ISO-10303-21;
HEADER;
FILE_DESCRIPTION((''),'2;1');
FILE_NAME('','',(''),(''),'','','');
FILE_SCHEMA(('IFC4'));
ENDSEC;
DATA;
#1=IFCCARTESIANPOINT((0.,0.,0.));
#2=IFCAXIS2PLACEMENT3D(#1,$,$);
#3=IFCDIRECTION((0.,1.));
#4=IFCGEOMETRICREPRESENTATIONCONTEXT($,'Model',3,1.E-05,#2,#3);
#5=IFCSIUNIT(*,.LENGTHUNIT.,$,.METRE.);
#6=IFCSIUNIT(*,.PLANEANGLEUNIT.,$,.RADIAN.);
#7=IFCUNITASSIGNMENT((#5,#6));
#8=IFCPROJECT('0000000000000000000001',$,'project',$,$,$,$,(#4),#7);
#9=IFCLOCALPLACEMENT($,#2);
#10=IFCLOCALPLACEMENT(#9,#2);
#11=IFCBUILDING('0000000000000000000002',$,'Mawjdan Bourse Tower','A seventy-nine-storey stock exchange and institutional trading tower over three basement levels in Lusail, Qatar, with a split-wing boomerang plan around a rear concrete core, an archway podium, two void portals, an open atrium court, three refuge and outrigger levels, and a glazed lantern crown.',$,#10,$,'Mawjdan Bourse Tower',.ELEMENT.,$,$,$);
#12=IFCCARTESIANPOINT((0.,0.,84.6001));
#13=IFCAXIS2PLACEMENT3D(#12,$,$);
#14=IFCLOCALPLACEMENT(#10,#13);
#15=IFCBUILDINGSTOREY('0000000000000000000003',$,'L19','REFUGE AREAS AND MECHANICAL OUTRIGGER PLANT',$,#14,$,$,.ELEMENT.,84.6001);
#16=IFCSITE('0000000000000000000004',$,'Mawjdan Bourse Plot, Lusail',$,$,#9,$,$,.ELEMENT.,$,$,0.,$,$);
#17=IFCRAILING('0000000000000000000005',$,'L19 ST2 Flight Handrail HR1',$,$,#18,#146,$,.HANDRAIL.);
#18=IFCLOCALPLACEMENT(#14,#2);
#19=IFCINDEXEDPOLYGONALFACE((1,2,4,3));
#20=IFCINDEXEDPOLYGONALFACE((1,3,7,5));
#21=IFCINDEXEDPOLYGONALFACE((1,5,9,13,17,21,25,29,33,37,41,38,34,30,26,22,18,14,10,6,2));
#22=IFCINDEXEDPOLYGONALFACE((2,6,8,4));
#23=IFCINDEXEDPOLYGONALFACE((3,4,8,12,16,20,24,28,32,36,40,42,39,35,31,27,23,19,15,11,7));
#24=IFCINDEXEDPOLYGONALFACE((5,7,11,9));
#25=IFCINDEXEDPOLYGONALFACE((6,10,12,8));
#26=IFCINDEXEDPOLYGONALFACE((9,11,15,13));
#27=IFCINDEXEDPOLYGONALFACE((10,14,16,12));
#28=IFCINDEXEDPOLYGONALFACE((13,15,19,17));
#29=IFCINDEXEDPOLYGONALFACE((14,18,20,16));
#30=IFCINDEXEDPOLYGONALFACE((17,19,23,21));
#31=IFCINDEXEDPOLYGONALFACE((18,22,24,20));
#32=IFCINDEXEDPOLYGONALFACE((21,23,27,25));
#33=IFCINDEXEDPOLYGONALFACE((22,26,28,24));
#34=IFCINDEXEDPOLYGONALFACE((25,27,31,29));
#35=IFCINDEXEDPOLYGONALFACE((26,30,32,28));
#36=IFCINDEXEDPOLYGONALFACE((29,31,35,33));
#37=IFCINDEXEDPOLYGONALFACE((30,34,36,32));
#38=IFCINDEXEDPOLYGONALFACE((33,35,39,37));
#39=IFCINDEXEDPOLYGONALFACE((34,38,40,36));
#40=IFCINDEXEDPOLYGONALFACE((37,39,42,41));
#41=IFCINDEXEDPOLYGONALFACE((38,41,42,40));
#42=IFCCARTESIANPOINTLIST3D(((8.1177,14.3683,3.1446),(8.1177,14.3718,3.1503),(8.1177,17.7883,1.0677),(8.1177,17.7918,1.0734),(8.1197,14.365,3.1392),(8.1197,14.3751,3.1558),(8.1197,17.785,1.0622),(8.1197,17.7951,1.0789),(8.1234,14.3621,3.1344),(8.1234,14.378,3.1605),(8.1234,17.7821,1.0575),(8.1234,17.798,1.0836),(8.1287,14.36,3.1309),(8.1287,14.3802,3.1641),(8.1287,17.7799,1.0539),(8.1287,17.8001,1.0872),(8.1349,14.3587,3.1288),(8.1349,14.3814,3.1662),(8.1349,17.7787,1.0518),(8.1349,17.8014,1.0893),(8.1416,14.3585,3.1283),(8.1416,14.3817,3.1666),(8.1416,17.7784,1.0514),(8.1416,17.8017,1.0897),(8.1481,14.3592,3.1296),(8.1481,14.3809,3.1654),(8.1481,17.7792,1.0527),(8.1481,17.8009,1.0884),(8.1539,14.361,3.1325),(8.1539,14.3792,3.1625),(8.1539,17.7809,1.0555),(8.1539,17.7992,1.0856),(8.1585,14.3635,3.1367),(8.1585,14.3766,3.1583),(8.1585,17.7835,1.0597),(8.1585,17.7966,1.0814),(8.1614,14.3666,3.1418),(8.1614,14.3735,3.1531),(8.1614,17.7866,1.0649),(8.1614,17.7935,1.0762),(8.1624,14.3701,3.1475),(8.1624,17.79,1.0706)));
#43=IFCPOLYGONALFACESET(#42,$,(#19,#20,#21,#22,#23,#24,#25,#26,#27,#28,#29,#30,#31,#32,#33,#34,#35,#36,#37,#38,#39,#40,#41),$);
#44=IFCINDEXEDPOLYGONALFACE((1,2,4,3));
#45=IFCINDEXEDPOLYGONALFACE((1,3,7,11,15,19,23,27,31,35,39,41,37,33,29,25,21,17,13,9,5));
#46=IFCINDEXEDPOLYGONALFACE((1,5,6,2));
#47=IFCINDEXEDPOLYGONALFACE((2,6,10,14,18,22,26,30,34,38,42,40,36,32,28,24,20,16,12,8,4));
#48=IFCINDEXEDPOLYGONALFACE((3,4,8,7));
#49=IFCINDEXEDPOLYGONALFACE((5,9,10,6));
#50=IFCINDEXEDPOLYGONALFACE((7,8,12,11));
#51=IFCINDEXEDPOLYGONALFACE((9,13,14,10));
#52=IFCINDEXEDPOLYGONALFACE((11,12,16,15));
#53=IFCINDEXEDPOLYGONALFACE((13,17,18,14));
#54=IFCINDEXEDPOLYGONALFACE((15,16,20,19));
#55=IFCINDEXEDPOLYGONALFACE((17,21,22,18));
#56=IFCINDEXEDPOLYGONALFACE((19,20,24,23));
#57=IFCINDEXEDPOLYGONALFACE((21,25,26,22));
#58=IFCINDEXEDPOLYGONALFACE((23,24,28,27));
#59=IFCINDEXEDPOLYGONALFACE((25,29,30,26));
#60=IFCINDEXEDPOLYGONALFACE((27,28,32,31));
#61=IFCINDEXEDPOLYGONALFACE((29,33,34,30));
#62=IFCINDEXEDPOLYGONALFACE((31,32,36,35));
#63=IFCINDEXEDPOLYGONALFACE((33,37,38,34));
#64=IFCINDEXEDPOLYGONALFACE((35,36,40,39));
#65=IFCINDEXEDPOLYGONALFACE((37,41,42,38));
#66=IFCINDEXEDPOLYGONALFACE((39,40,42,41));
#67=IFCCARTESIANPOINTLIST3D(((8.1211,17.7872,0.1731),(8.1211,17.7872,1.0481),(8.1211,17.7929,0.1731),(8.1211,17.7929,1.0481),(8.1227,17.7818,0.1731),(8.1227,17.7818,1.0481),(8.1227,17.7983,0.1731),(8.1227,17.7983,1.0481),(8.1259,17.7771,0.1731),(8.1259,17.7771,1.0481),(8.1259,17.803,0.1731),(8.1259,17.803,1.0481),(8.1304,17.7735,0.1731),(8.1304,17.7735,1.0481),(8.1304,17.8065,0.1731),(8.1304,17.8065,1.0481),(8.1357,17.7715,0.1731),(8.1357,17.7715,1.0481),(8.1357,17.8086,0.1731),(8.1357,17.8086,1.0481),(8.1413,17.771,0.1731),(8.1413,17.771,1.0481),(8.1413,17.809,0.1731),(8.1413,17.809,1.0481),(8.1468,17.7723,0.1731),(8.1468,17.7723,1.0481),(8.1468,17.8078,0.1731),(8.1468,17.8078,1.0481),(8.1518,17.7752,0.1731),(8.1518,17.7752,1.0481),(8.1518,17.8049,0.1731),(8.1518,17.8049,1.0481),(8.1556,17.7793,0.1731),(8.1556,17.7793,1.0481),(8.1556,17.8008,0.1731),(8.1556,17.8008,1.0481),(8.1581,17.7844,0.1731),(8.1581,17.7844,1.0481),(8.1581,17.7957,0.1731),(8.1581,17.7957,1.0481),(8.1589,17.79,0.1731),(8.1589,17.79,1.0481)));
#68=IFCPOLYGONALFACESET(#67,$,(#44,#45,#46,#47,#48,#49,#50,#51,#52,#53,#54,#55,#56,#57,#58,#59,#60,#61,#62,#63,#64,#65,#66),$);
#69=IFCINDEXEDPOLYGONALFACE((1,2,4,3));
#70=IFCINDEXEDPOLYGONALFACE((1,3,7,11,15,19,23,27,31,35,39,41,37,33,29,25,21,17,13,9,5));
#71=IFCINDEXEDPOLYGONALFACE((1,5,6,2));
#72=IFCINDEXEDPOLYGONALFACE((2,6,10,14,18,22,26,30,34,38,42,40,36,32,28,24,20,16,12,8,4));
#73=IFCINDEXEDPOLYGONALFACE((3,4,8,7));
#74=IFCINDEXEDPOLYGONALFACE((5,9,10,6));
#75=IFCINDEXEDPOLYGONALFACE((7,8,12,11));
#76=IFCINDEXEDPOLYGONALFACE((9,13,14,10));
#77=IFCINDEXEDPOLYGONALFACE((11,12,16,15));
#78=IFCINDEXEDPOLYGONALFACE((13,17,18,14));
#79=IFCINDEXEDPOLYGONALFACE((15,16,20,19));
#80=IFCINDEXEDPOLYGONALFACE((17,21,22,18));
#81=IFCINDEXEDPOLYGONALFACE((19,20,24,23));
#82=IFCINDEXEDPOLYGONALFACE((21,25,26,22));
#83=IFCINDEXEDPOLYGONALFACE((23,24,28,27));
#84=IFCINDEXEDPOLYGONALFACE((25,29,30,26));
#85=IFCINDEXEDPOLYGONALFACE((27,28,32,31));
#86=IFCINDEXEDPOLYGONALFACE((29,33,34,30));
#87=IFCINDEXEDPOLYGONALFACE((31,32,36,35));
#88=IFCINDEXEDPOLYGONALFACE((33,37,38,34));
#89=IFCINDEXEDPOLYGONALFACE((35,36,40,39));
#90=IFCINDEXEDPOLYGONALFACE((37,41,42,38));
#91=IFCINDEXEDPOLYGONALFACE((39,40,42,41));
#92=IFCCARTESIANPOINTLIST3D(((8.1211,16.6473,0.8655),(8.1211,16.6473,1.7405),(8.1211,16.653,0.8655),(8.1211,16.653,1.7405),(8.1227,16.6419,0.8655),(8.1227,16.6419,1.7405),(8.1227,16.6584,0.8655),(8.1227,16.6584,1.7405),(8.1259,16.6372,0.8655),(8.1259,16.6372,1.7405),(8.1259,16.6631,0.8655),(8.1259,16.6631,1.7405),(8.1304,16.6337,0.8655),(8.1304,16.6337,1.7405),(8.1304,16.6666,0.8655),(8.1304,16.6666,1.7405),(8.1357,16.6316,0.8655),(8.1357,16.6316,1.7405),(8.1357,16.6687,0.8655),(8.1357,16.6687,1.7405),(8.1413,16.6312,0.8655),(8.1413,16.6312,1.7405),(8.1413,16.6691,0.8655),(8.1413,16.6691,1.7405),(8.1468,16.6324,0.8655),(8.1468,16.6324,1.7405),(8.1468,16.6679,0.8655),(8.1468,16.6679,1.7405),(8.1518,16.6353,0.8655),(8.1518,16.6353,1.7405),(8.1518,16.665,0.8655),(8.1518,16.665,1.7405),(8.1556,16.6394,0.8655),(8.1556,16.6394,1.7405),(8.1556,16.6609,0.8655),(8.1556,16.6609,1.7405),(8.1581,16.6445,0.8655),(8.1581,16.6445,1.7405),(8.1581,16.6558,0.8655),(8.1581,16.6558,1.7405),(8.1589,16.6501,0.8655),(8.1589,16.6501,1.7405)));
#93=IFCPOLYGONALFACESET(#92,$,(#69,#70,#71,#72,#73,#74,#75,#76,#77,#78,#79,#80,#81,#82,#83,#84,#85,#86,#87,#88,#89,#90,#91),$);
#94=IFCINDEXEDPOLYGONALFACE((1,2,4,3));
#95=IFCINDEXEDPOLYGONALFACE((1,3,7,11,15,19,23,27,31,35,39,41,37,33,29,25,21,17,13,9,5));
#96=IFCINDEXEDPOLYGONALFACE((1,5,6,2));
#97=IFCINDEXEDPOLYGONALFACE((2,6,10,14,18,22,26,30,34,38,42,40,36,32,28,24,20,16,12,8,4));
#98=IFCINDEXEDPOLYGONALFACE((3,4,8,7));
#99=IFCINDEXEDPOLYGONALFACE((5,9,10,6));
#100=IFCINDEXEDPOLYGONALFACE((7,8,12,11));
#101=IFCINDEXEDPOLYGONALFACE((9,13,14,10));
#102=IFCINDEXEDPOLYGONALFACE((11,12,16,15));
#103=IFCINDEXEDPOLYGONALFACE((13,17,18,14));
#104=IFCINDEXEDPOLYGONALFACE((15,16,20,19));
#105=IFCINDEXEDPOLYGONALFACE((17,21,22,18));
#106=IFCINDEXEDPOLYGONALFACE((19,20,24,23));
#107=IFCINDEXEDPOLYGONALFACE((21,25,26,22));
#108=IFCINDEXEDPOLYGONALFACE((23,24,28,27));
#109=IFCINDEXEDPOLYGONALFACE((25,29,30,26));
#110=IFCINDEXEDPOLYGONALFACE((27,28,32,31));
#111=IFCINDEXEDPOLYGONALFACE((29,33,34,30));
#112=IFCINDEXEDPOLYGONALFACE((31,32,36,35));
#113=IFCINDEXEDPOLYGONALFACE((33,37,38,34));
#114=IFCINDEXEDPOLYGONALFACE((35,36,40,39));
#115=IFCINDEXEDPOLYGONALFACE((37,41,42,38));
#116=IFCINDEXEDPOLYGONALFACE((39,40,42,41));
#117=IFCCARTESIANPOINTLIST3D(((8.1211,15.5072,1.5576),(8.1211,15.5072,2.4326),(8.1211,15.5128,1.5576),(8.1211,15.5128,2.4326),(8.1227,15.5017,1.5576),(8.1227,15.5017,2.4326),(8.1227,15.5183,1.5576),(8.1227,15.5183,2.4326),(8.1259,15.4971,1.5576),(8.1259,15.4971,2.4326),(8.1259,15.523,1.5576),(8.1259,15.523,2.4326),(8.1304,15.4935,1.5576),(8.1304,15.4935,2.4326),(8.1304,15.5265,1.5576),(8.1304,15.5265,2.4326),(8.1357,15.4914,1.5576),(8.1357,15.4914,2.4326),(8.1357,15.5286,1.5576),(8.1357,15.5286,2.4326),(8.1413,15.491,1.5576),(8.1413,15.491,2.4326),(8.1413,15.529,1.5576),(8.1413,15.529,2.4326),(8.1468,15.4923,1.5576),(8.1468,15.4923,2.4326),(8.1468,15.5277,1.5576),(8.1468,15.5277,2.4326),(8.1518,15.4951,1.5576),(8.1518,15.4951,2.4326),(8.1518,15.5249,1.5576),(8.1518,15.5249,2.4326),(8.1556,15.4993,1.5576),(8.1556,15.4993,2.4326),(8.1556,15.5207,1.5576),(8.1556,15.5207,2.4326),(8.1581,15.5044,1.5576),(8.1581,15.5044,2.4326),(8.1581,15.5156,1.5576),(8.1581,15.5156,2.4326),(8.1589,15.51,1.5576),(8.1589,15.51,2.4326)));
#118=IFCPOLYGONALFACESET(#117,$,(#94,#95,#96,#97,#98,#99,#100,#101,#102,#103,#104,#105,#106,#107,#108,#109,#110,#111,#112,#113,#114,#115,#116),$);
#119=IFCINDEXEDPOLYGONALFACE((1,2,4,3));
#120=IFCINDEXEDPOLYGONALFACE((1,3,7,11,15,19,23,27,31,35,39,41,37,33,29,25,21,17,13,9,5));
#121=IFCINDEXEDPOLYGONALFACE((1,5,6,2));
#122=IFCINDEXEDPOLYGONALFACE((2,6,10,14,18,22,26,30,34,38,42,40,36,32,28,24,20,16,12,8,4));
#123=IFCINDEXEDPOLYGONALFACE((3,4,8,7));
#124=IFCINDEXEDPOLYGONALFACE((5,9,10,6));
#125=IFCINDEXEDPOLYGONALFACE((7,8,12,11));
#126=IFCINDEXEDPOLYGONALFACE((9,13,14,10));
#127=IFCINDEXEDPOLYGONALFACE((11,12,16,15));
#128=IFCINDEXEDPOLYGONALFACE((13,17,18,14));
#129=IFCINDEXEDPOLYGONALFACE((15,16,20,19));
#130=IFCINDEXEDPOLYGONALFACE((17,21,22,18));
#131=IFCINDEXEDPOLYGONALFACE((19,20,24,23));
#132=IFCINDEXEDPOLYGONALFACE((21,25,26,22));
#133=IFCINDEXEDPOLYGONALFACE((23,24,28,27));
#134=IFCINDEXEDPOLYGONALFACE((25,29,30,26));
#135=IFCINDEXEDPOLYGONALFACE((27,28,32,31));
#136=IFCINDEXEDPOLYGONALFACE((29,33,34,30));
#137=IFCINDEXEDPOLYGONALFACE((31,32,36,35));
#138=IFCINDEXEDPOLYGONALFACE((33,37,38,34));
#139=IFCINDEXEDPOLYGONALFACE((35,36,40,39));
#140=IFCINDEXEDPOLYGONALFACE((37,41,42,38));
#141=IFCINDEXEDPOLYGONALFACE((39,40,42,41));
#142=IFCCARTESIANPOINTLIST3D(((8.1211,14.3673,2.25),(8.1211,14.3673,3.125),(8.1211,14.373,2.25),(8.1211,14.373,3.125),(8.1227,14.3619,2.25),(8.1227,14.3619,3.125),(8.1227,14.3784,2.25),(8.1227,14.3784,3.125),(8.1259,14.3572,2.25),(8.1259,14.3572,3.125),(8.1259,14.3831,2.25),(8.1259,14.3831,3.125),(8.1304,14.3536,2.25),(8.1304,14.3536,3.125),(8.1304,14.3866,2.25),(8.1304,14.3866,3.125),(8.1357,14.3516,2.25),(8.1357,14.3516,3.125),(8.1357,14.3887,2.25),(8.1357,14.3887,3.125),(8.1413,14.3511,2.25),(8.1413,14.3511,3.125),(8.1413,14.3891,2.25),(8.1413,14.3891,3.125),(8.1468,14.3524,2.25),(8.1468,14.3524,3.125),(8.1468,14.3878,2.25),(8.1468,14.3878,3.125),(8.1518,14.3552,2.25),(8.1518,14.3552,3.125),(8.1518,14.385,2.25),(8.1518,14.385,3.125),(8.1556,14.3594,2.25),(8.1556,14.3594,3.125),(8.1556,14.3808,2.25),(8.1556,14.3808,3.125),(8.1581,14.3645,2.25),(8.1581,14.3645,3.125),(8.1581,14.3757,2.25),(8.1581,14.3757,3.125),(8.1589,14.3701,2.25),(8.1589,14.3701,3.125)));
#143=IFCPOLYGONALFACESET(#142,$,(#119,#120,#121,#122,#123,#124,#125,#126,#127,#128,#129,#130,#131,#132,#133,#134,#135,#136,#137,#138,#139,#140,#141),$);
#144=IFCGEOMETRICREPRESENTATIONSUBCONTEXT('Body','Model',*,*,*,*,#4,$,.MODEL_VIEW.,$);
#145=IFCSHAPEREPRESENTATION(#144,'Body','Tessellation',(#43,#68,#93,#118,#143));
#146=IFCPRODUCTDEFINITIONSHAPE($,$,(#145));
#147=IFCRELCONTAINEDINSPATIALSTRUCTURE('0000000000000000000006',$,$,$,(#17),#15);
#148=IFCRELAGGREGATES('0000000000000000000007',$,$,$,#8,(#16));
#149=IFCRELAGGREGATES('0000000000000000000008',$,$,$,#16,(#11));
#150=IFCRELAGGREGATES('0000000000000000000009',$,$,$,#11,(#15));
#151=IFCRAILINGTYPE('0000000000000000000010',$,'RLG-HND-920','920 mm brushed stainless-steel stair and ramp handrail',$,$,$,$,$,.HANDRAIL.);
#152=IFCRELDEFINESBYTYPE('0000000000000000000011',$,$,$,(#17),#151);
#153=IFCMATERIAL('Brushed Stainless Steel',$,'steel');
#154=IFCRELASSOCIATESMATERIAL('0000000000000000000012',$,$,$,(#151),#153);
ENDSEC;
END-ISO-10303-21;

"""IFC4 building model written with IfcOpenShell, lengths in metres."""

from ifc_helpers import new_model, si_unit, direction, frame, origin, origin_2d, place, context, subcontext, project, spatial, circle, extrude, material, type_object, element, save


model = new_model("IFC4")

# Units and contexts
model_context = context("Model", 3, precision=1e-05, world=origin(), true_north=direction((0.0, 1.0)))
body_context = subcontext(model_context, "Body", "Model", "MODEL_VIEW")
ifc_project = project(units=[si_unit("LENGTHUNIT", "METRE"), si_unit("PLANEANGLEUNIT", "RADIAN")], contexts=[model_context])

# Site, building, storey
site_placement = place(None, origin())
site = spatial("IfcSite", under=ifc_project, at=site_placement, Name="Mawjdan Bourse Plot, Lusail", CompositionType="ELEMENT", RefElevation=0.0)
building_placement = place(site_placement, origin())
building = spatial("IfcBuilding", under=site, at=building_placement, Name="Mawjdan Bourse Tower", Description="A seventy-nine-storey stock exchange and institutional trading tower over three basement levels in Lusail, Qatar, with a split-wing boomerang plan around a rear concrete core, an archway podium, two void portals, an open atrium court, three refuge and outrigger levels, and a glazed lantern crown.", LongName="Mawjdan Bourse Tower", CompositionType="ELEMENT")
storey_placement = place(building_placement, frame((0.0, 0.0, 84.6001)))
storey = spatial("IfcBuildingStorey", under=building, at=storey_placement, Name="L19", Description="REFUGE AREAS AND MECHANICAL OUTRIGGER PLANT", CompositionType="ELEMENT", Elevation=84.6001)

# Railing
ifc_material_1 = material(Name="Brushed Stainless Steel", Category="steel")
railing_type_1 = type_object("IfcRailingType", Name="RLG-HND-920", Description="920 mm brushed stainless-steel stair and ramp handrail", PredefinedType="HANDRAIL", material=ifc_material_1)
railing_1_placement = place(storey_placement, frame((8.1399, 17.79, 0.1731)))
element("IfcRailing", 1, at=railing_1_placement, inside=storey, type_object=railing_type_1, Name="L19 ST2 Flight Handrail HR1", PredefinedType="HANDRAIL", context=body_context, shape_type="SweptSolid", body=[
    extrude(circle(Radius=0.0225, at=origin_2d()), frame((0.0, 0.0, 0.8975), z_axis=(0.0, -0.85473, 0.519074), x_axis=(1.0, 0.0, 0.0)), (0.0, 0.0, 1.0), 4.0012),
    extrude(circle(Radius=0.019, at=origin_2d()), origin(), (0.0, 0.0, 1.0), 0.875),
    extrude(circle(Radius=0.019, at=origin_2d()), frame((0.0, -1.1399, 0.6924)), (0.0, 0.0, 1.0), 0.875),
    extrude(circle(Radius=0.019, at=origin_2d()), frame((0.0, -2.28, 1.3845)), (0.0, 0.0, 1.0), 0.875),
    extrude(circle(Radius=0.019, at=origin_2d()), frame((0.0, -3.4199, 2.0769)), (0.0, 0.0, 1.0), 0.875),
])

save(model, "model.ifc")
